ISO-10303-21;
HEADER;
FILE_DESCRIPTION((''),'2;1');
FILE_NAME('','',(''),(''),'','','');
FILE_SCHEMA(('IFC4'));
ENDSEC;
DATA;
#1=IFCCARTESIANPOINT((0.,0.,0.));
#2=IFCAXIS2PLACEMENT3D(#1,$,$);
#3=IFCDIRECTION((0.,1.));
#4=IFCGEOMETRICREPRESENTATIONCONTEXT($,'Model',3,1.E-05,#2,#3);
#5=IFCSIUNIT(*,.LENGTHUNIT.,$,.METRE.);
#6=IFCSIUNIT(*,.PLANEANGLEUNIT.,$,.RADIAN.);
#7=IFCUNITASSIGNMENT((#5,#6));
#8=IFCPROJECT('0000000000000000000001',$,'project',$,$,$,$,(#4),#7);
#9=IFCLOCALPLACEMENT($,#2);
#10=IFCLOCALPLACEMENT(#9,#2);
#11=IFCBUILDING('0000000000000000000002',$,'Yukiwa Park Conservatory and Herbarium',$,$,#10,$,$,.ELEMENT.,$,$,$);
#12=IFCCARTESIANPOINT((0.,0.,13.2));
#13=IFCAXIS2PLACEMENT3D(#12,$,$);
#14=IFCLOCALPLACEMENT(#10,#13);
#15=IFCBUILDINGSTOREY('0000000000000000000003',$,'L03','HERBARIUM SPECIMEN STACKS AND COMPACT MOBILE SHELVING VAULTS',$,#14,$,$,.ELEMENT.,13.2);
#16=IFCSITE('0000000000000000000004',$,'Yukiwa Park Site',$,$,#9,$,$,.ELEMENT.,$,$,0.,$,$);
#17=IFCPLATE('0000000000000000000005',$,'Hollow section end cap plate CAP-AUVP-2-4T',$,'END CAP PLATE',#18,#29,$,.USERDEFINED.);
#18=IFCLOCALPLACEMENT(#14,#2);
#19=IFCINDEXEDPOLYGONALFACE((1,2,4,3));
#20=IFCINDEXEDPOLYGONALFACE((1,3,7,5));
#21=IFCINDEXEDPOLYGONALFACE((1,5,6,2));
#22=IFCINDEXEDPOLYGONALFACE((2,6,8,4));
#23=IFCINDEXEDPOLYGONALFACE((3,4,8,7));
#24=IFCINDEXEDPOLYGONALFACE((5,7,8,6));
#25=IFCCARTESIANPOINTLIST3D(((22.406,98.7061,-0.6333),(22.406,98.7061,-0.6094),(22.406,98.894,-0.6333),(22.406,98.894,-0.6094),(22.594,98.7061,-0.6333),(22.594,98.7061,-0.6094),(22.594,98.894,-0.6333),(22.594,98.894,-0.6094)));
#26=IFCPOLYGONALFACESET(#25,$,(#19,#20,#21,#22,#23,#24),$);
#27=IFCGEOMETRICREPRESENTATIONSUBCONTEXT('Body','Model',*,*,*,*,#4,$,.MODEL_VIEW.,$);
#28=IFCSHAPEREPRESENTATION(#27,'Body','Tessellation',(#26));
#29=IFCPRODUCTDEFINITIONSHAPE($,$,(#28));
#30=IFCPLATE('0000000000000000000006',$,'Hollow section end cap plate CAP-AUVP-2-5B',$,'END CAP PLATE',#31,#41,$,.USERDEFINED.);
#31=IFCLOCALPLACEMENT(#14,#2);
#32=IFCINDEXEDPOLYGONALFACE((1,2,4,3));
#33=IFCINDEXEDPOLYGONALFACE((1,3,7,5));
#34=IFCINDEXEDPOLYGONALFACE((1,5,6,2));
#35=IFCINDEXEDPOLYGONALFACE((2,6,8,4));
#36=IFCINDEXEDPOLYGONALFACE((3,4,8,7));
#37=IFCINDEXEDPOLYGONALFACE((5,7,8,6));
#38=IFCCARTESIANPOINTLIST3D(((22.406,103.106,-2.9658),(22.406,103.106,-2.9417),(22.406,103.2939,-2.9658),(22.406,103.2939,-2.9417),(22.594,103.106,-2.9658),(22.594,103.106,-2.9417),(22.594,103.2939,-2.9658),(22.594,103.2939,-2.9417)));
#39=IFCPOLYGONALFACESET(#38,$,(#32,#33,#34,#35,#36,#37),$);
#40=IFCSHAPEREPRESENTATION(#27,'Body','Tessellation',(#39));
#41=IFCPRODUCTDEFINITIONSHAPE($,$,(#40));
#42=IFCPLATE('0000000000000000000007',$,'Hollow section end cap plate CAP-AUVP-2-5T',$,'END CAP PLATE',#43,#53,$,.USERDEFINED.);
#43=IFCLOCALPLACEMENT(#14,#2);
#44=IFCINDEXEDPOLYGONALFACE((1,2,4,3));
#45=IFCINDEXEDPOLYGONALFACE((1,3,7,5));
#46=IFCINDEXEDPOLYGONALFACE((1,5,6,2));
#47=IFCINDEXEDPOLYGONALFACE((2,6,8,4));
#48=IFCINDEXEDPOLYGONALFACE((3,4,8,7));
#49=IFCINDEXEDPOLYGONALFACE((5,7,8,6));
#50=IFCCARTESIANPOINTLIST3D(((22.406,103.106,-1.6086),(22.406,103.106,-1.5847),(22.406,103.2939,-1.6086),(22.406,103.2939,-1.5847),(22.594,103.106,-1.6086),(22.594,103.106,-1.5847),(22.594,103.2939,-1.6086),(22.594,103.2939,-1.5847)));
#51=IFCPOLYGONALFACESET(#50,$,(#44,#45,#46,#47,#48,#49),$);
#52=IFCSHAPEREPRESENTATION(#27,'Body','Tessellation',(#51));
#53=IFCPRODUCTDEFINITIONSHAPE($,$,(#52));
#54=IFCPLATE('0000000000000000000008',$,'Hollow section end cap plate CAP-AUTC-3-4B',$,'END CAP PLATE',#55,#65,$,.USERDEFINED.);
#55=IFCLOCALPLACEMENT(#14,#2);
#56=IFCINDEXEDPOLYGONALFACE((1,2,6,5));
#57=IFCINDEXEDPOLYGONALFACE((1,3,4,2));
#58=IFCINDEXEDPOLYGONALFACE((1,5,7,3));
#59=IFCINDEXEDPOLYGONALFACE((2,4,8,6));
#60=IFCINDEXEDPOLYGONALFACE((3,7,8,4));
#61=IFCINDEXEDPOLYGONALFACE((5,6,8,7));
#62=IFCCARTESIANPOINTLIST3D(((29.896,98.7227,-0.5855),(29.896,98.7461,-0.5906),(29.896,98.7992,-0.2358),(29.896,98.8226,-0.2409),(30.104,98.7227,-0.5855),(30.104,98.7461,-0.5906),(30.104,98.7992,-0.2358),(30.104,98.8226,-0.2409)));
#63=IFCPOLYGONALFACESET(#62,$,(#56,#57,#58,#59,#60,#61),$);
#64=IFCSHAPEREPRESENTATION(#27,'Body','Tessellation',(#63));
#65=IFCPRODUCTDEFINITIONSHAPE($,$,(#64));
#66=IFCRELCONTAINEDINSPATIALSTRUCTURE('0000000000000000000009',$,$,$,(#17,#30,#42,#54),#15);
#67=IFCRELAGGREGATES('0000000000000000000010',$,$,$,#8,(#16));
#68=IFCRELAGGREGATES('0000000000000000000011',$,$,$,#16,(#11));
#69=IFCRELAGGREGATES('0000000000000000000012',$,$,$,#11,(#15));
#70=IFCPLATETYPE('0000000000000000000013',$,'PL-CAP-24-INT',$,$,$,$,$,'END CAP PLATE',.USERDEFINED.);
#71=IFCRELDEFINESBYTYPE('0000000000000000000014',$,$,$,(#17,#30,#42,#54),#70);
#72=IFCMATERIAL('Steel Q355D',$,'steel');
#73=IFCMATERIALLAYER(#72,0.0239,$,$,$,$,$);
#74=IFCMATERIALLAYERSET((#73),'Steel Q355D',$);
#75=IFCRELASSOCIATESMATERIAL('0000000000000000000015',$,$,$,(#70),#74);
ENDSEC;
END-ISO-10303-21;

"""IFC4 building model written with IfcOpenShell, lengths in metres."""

from ifc_helpers import new_model, si_unit, direction, frame, origin, origin_2d, place, context, subcontext, project, spatial, rectangle, extrude, material, layer, layer_set, type_object, element, save


model = new_model("IFC4")

# Units and contexts
model_context = context("Model", 3, precision=1e-05, world=origin(), true_north=direction((0.0, 1.0)))
body_context = subcontext(model_context, "Body", "Model", "MODEL_VIEW")
ifc_project = project(units=[si_unit("LENGTHUNIT", "METRE"), si_unit("PLANEANGLEUNIT", "RADIAN")], contexts=[model_context])

# Site, building, storey
site_placement = place(None, origin())
site = spatial("IfcSite", under=ifc_project, at=site_placement, Name="Yukiwa Park Site", CompositionType="ELEMENT", RefElevation=0.0)
building_placement = place(site_placement, origin())
building = spatial("IfcBuilding", under=site, at=building_placement, Name="Yukiwa Park Conservatory and Herbarium", CompositionType="ELEMENT")
storey_placement = place(building_placement, frame((0.0, 0.0, 13.2)))
storey = spatial("IfcBuildingStorey", under=building, at=storey_placement, Name="L03", Description="HERBARIUM SPECIMEN STACKS AND COMPACT MOBILE SHELVING VAULTS", CompositionType="ELEMENT", Elevation=13.2)

# Plates
ifc_material_1 = material(Name="Steel Q355D", Category="steel")
ifc_layer = layer(ifc_material_1, 0.0239)
ifc_layer_set = layer_set([ifc_layer], Name="Steel Q355D")
plate_type = type_object("IfcPlateType", Name="PL-CAP-24-INT", ElementType="END CAP PLATE", PredefinedType="USERDEFINED", material=ifc_layer_set)
for number, where, z_axis, x_axis, name in (
    (1, (22.5, 98.8, -0.6333), (0.0, 0.0, 1.0), (1.0, 0.0, 0.0), "Hollow section end cap plate CAP-AUVP-2-4T"),
):
    element("IfcPlate", number, at=place(storey_placement, frame(where, z_axis=z_axis, x_axis=x_axis)), inside=storey, type_object=plate_type, Name=name, ObjectType="END CAP PLATE", PredefinedType="USERDEFINED", context=body_context, shape_type="SweptSolid", body=[
        extrude(rectangle(XDim=0.188, YDim=0.188, at=origin_2d()), origin(), (0.0, 0.0, 1.0), 0.0239),
    ])
plate_1_placement = place(storey_placement, frame((22.5, 103.2, -2.9417), z_axis=(0.0, 0.0, -1.0), x_axis=(1.0, 0.0, 0.0)))
element("IfcPlate", 2, at=plate_1_placement, inside=storey, type_object=plate_type, Name="Hollow section end cap plate CAP-AUVP-2-5B", ObjectType="END CAP PLATE", PredefinedType="USERDEFINED", context=body_context, shape_type="SweptSolid", body=[
    extrude(rectangle(XDim=0.188, YDim=0.188, at=origin_2d()), origin(), (0.0, 0.0, 1.0), 0.0242),
])
plate_2_placement = place(storey_placement, frame((22.5, 103.2, -1.6086), z_axis=(0.0, 0.0, 1.0), x_axis=(1.0, 0.0, 0.0)))
element("IfcPlate", 3, at=plate_2_placement, inside=storey, type_object=plate_type, Name="Hollow section end cap plate CAP-AUVP-2-5T", ObjectType="END CAP PLATE", PredefinedType="USERDEFINED", context=body_context, shape_type="SweptSolid", body=[
    extrude(rectangle(XDim=0.188, YDim=0.188, at=origin_2d()), origin(), (0.0, 0.0, 1.0), 0.0239),
])
plate_3_placement = place(storey_placement, frame((30.0, 98.761, -0.4106), z_axis=(0.0, 0.9769, -0.213697), x_axis=(-1.0, 0.0, 0.0)))
element("IfcPlate", 4, at=plate_3_placement, inside=storey, type_object=plate_type, Name="Hollow section end cap plate CAP-AUTC-3-4B", ObjectType="END CAP PLATE", PredefinedType="USERDEFINED", context=body_context, shape_type="SweptSolid", body=[
    extrude(rectangle(XDim=0.208, YDim=0.3579, at=origin_2d()), origin(), (0.0, 0.0, 1.0), 0.0239),
])

save(model, "model.ifc")
